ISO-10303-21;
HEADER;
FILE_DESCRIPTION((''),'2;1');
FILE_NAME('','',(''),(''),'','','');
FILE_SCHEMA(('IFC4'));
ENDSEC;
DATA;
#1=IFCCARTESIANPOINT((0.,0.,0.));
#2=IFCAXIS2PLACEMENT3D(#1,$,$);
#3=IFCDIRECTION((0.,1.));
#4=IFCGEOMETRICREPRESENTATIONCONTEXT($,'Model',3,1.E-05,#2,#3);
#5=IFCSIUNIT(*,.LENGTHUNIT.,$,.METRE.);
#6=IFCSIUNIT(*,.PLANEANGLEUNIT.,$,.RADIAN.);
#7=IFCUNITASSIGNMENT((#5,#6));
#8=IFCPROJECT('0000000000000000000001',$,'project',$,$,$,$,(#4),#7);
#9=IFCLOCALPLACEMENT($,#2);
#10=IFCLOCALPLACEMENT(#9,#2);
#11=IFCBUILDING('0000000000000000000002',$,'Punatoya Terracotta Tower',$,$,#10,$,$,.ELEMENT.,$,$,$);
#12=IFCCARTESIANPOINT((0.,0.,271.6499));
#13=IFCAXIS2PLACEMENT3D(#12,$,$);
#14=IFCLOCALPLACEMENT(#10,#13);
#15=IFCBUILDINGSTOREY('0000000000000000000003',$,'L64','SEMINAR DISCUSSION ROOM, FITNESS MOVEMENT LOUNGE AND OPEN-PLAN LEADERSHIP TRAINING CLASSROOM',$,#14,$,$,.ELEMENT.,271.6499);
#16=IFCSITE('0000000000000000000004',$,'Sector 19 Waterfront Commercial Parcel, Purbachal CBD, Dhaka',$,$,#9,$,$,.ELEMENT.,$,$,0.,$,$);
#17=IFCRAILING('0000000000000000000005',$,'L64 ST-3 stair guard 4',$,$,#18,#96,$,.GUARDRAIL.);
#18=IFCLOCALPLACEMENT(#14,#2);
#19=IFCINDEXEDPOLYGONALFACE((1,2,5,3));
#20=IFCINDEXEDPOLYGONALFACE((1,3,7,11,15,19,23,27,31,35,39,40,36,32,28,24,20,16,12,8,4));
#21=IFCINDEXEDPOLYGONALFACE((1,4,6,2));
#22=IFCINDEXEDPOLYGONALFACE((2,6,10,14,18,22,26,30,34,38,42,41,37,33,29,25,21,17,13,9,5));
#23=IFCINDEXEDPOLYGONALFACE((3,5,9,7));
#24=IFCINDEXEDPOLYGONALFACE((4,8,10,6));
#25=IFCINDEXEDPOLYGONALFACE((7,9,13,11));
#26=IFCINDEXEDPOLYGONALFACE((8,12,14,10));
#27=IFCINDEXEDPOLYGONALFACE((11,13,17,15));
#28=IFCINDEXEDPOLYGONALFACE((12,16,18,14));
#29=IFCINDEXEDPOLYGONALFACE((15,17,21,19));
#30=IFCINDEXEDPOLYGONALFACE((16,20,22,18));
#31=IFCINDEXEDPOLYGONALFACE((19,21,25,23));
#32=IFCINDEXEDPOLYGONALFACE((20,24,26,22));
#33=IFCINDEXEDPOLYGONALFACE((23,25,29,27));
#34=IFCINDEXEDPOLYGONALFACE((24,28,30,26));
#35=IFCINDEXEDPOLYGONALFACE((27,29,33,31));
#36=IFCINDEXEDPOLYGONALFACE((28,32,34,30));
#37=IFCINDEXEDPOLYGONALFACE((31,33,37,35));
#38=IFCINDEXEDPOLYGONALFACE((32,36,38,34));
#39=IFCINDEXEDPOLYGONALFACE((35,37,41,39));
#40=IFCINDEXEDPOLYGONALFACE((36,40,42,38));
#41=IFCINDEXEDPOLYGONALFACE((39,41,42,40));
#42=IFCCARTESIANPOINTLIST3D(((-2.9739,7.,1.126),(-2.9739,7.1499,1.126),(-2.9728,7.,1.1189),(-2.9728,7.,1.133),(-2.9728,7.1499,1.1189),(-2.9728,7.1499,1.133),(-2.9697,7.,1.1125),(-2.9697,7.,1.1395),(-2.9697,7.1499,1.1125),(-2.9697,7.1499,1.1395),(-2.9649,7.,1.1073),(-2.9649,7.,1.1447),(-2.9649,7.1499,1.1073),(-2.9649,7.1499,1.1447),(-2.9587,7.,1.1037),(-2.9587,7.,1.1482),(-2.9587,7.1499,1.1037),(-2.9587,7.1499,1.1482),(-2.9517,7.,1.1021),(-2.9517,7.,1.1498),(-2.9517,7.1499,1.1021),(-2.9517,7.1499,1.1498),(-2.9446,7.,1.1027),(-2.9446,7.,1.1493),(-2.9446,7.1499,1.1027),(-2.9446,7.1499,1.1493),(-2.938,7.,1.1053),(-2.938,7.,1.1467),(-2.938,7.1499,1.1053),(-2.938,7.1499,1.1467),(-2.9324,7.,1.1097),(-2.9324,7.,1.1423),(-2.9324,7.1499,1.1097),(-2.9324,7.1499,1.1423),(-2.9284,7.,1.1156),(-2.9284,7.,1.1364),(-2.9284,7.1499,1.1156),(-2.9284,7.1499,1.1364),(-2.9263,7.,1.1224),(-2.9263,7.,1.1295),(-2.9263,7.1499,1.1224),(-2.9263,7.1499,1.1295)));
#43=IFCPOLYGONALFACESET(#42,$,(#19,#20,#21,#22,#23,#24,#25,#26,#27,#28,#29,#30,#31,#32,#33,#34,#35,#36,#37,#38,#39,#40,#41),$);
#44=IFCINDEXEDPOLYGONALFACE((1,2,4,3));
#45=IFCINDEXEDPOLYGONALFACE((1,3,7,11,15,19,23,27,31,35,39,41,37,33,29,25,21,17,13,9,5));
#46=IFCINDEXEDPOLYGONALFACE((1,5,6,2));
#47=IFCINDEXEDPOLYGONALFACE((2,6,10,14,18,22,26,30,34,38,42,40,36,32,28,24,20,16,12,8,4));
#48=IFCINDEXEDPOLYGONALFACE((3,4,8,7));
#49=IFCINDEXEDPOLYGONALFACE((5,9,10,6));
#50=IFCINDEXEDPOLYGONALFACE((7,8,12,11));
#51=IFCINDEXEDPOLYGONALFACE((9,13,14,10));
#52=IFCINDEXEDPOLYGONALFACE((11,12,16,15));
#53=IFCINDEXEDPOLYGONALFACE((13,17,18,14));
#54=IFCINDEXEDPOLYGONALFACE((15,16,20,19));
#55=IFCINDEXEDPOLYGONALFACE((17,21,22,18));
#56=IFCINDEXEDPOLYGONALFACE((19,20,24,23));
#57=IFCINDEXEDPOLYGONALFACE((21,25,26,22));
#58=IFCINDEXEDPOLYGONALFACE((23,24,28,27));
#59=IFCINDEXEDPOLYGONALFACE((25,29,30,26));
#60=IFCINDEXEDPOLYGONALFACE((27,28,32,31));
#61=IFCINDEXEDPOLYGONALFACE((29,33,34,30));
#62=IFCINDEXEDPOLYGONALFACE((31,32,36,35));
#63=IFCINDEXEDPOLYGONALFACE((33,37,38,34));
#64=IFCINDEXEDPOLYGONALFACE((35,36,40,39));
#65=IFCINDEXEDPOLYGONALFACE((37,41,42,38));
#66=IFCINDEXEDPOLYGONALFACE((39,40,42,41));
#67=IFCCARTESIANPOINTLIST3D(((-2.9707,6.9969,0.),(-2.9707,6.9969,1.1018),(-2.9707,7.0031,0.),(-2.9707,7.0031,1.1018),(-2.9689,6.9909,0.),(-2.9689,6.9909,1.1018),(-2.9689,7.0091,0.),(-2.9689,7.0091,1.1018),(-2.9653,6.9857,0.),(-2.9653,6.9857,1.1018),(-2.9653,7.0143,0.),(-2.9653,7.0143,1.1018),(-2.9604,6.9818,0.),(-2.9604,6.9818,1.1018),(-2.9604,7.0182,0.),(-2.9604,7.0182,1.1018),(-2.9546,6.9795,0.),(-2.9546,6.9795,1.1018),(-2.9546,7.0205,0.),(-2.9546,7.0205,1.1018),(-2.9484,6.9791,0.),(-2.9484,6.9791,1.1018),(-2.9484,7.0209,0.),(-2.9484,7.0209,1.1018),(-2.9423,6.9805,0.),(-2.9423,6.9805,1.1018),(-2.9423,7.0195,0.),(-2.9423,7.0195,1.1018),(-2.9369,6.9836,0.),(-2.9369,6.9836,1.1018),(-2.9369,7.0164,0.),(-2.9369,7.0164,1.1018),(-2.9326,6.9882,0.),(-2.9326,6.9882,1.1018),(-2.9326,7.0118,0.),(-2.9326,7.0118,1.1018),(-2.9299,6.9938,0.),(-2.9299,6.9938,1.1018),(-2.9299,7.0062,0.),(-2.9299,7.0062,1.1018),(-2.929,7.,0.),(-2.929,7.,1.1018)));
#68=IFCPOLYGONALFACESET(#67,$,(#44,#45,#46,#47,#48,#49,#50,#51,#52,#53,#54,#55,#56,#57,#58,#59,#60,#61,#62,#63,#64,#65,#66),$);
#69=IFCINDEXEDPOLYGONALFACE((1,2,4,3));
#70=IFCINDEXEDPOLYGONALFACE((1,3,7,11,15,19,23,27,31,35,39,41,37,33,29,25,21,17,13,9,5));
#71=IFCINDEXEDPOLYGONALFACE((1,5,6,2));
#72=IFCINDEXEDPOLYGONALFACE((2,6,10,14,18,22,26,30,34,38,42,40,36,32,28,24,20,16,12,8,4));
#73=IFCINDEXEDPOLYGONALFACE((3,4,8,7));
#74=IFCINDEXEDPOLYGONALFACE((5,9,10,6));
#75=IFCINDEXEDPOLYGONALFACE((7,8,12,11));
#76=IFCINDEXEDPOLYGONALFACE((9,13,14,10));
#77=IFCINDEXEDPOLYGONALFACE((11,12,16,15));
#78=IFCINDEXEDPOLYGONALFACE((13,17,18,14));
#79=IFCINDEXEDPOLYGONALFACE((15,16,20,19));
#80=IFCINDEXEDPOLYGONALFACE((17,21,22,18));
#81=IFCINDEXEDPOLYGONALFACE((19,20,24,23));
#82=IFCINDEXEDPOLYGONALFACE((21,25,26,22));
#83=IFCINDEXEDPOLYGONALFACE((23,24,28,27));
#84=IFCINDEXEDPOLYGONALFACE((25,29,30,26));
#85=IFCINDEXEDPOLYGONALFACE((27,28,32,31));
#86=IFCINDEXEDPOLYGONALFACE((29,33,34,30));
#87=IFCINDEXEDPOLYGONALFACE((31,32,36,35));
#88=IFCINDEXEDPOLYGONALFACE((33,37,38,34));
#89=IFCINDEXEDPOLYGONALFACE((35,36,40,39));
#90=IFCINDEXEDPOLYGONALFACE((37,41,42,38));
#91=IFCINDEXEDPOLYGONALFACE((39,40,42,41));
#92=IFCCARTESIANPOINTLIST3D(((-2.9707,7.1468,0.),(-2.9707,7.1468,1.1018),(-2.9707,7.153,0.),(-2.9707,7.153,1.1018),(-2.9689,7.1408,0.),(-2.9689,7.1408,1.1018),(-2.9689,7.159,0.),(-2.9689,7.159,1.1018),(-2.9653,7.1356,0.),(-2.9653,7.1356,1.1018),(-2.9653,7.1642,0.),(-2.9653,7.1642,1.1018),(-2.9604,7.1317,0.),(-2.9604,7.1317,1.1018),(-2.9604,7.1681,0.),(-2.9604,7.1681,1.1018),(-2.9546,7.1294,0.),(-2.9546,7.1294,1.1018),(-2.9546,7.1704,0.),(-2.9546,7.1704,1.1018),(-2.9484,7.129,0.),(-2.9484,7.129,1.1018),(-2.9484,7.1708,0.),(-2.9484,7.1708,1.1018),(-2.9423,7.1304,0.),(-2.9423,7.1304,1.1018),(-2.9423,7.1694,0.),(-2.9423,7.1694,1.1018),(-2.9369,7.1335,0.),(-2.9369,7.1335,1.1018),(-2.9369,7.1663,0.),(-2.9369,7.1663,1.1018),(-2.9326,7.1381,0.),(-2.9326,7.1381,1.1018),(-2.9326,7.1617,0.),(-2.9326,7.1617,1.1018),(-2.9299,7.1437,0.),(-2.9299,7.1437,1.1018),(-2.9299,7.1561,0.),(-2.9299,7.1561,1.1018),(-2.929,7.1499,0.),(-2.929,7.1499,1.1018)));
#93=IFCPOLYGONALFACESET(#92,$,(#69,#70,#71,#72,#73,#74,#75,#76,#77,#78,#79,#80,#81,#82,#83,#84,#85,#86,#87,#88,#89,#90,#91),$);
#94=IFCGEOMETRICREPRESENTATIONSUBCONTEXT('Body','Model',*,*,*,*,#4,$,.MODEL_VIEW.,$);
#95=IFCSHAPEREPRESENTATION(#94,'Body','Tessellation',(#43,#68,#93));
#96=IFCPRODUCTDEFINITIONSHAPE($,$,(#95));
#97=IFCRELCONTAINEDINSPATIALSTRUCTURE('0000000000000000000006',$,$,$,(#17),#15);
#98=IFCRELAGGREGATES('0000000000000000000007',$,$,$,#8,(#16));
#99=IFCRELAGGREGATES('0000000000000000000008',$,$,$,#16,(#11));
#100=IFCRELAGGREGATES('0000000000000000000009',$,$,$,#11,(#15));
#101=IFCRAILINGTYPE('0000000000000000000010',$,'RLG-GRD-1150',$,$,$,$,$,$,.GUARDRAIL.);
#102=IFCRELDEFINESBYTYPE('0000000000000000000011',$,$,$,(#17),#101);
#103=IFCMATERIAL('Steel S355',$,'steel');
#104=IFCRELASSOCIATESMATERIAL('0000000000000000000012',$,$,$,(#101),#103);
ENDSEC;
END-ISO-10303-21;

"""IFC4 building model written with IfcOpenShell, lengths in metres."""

from ifc_helpers import new_model, si_unit, direction, frame, origin, origin_2d, place, context, subcontext, project, spatial, circle, extrude, material, type_object, element, save


model = new_model("IFC4")

# Units and contexts
model_context = context("Model", 3, precision=1e-05, world=origin(), true_north=direction((0.0, 1.0)))
body_context = subcontext(model_context, "Body", "Model", "MODEL_VIEW")
ifc_project = project(units=[si_unit("LENGTHUNIT", "METRE"), si_unit("PLANEANGLEUNIT", "RADIAN")], contexts=[model_context])

# Site, building, storey
site_placement = place(None, origin())
site = spatial("IfcSite", under=ifc_project, at=site_placement, Name="Sector 19 Waterfront Commercial Parcel, Purbachal CBD, Dhaka", CompositionType="ELEMENT", RefElevation=0.0)
building_placement = place(site_placement, origin())
building = spatial("IfcBuilding", under=site, at=building_placement, Name="Punatoya Terracotta Tower", CompositionType="ELEMENT")
storey_placement = place(building_placement, frame((0.0, 0.0, 271.6499)))
storey = spatial("IfcBuildingStorey", under=building, at=storey_placement, Name="L64", Description="SEMINAR DISCUSSION ROOM, FITNESS MOVEMENT LOUNGE AND OPEN-PLAN LEADERSHIP TRAINING CLASSROOM", CompositionType="ELEMENT", Elevation=271.6499)

# Shared definitions
ifc_material_1 = material(Name="Steel S355", Category="steel")

# Railing
railing_type_1 = type_object("IfcRailingType", Name="RLG-GRD-1150", PredefinedType="GUARDRAIL", material=ifc_material_1)
railing_1_placement = place(storey_placement, frame((-2.95, 7.0, 0.0)))
element("IfcRailing", 1, at=railing_1_placement, inside=storey, type_object=railing_type_1, Name="L64 ST-3 stair guard 4", PredefinedType="GUARDRAIL", context=body_context, shape_type="SweptSolid", body=[
    extrude(circle(Radius=0.0239, at=origin_2d()), frame((0.0, 0.0, 1.126), z_axis=(0.0, 1.0, 0.0), x_axis=(-1.0, 0.0, 0.0)), (0.0, 0.0, 1.0), 0.1499),
    extrude(circle(Radius=0.021, at=origin_2d()), origin(), (0.0, 0.0, 1.0), 1.1018),
    extrude(circle(Radius=0.021, at=origin_2d()), frame((0.0, 0.1499, 0.0)), (0.0, 0.0, 1.0), 1.1018),
])

save(model, "model.ifc")
